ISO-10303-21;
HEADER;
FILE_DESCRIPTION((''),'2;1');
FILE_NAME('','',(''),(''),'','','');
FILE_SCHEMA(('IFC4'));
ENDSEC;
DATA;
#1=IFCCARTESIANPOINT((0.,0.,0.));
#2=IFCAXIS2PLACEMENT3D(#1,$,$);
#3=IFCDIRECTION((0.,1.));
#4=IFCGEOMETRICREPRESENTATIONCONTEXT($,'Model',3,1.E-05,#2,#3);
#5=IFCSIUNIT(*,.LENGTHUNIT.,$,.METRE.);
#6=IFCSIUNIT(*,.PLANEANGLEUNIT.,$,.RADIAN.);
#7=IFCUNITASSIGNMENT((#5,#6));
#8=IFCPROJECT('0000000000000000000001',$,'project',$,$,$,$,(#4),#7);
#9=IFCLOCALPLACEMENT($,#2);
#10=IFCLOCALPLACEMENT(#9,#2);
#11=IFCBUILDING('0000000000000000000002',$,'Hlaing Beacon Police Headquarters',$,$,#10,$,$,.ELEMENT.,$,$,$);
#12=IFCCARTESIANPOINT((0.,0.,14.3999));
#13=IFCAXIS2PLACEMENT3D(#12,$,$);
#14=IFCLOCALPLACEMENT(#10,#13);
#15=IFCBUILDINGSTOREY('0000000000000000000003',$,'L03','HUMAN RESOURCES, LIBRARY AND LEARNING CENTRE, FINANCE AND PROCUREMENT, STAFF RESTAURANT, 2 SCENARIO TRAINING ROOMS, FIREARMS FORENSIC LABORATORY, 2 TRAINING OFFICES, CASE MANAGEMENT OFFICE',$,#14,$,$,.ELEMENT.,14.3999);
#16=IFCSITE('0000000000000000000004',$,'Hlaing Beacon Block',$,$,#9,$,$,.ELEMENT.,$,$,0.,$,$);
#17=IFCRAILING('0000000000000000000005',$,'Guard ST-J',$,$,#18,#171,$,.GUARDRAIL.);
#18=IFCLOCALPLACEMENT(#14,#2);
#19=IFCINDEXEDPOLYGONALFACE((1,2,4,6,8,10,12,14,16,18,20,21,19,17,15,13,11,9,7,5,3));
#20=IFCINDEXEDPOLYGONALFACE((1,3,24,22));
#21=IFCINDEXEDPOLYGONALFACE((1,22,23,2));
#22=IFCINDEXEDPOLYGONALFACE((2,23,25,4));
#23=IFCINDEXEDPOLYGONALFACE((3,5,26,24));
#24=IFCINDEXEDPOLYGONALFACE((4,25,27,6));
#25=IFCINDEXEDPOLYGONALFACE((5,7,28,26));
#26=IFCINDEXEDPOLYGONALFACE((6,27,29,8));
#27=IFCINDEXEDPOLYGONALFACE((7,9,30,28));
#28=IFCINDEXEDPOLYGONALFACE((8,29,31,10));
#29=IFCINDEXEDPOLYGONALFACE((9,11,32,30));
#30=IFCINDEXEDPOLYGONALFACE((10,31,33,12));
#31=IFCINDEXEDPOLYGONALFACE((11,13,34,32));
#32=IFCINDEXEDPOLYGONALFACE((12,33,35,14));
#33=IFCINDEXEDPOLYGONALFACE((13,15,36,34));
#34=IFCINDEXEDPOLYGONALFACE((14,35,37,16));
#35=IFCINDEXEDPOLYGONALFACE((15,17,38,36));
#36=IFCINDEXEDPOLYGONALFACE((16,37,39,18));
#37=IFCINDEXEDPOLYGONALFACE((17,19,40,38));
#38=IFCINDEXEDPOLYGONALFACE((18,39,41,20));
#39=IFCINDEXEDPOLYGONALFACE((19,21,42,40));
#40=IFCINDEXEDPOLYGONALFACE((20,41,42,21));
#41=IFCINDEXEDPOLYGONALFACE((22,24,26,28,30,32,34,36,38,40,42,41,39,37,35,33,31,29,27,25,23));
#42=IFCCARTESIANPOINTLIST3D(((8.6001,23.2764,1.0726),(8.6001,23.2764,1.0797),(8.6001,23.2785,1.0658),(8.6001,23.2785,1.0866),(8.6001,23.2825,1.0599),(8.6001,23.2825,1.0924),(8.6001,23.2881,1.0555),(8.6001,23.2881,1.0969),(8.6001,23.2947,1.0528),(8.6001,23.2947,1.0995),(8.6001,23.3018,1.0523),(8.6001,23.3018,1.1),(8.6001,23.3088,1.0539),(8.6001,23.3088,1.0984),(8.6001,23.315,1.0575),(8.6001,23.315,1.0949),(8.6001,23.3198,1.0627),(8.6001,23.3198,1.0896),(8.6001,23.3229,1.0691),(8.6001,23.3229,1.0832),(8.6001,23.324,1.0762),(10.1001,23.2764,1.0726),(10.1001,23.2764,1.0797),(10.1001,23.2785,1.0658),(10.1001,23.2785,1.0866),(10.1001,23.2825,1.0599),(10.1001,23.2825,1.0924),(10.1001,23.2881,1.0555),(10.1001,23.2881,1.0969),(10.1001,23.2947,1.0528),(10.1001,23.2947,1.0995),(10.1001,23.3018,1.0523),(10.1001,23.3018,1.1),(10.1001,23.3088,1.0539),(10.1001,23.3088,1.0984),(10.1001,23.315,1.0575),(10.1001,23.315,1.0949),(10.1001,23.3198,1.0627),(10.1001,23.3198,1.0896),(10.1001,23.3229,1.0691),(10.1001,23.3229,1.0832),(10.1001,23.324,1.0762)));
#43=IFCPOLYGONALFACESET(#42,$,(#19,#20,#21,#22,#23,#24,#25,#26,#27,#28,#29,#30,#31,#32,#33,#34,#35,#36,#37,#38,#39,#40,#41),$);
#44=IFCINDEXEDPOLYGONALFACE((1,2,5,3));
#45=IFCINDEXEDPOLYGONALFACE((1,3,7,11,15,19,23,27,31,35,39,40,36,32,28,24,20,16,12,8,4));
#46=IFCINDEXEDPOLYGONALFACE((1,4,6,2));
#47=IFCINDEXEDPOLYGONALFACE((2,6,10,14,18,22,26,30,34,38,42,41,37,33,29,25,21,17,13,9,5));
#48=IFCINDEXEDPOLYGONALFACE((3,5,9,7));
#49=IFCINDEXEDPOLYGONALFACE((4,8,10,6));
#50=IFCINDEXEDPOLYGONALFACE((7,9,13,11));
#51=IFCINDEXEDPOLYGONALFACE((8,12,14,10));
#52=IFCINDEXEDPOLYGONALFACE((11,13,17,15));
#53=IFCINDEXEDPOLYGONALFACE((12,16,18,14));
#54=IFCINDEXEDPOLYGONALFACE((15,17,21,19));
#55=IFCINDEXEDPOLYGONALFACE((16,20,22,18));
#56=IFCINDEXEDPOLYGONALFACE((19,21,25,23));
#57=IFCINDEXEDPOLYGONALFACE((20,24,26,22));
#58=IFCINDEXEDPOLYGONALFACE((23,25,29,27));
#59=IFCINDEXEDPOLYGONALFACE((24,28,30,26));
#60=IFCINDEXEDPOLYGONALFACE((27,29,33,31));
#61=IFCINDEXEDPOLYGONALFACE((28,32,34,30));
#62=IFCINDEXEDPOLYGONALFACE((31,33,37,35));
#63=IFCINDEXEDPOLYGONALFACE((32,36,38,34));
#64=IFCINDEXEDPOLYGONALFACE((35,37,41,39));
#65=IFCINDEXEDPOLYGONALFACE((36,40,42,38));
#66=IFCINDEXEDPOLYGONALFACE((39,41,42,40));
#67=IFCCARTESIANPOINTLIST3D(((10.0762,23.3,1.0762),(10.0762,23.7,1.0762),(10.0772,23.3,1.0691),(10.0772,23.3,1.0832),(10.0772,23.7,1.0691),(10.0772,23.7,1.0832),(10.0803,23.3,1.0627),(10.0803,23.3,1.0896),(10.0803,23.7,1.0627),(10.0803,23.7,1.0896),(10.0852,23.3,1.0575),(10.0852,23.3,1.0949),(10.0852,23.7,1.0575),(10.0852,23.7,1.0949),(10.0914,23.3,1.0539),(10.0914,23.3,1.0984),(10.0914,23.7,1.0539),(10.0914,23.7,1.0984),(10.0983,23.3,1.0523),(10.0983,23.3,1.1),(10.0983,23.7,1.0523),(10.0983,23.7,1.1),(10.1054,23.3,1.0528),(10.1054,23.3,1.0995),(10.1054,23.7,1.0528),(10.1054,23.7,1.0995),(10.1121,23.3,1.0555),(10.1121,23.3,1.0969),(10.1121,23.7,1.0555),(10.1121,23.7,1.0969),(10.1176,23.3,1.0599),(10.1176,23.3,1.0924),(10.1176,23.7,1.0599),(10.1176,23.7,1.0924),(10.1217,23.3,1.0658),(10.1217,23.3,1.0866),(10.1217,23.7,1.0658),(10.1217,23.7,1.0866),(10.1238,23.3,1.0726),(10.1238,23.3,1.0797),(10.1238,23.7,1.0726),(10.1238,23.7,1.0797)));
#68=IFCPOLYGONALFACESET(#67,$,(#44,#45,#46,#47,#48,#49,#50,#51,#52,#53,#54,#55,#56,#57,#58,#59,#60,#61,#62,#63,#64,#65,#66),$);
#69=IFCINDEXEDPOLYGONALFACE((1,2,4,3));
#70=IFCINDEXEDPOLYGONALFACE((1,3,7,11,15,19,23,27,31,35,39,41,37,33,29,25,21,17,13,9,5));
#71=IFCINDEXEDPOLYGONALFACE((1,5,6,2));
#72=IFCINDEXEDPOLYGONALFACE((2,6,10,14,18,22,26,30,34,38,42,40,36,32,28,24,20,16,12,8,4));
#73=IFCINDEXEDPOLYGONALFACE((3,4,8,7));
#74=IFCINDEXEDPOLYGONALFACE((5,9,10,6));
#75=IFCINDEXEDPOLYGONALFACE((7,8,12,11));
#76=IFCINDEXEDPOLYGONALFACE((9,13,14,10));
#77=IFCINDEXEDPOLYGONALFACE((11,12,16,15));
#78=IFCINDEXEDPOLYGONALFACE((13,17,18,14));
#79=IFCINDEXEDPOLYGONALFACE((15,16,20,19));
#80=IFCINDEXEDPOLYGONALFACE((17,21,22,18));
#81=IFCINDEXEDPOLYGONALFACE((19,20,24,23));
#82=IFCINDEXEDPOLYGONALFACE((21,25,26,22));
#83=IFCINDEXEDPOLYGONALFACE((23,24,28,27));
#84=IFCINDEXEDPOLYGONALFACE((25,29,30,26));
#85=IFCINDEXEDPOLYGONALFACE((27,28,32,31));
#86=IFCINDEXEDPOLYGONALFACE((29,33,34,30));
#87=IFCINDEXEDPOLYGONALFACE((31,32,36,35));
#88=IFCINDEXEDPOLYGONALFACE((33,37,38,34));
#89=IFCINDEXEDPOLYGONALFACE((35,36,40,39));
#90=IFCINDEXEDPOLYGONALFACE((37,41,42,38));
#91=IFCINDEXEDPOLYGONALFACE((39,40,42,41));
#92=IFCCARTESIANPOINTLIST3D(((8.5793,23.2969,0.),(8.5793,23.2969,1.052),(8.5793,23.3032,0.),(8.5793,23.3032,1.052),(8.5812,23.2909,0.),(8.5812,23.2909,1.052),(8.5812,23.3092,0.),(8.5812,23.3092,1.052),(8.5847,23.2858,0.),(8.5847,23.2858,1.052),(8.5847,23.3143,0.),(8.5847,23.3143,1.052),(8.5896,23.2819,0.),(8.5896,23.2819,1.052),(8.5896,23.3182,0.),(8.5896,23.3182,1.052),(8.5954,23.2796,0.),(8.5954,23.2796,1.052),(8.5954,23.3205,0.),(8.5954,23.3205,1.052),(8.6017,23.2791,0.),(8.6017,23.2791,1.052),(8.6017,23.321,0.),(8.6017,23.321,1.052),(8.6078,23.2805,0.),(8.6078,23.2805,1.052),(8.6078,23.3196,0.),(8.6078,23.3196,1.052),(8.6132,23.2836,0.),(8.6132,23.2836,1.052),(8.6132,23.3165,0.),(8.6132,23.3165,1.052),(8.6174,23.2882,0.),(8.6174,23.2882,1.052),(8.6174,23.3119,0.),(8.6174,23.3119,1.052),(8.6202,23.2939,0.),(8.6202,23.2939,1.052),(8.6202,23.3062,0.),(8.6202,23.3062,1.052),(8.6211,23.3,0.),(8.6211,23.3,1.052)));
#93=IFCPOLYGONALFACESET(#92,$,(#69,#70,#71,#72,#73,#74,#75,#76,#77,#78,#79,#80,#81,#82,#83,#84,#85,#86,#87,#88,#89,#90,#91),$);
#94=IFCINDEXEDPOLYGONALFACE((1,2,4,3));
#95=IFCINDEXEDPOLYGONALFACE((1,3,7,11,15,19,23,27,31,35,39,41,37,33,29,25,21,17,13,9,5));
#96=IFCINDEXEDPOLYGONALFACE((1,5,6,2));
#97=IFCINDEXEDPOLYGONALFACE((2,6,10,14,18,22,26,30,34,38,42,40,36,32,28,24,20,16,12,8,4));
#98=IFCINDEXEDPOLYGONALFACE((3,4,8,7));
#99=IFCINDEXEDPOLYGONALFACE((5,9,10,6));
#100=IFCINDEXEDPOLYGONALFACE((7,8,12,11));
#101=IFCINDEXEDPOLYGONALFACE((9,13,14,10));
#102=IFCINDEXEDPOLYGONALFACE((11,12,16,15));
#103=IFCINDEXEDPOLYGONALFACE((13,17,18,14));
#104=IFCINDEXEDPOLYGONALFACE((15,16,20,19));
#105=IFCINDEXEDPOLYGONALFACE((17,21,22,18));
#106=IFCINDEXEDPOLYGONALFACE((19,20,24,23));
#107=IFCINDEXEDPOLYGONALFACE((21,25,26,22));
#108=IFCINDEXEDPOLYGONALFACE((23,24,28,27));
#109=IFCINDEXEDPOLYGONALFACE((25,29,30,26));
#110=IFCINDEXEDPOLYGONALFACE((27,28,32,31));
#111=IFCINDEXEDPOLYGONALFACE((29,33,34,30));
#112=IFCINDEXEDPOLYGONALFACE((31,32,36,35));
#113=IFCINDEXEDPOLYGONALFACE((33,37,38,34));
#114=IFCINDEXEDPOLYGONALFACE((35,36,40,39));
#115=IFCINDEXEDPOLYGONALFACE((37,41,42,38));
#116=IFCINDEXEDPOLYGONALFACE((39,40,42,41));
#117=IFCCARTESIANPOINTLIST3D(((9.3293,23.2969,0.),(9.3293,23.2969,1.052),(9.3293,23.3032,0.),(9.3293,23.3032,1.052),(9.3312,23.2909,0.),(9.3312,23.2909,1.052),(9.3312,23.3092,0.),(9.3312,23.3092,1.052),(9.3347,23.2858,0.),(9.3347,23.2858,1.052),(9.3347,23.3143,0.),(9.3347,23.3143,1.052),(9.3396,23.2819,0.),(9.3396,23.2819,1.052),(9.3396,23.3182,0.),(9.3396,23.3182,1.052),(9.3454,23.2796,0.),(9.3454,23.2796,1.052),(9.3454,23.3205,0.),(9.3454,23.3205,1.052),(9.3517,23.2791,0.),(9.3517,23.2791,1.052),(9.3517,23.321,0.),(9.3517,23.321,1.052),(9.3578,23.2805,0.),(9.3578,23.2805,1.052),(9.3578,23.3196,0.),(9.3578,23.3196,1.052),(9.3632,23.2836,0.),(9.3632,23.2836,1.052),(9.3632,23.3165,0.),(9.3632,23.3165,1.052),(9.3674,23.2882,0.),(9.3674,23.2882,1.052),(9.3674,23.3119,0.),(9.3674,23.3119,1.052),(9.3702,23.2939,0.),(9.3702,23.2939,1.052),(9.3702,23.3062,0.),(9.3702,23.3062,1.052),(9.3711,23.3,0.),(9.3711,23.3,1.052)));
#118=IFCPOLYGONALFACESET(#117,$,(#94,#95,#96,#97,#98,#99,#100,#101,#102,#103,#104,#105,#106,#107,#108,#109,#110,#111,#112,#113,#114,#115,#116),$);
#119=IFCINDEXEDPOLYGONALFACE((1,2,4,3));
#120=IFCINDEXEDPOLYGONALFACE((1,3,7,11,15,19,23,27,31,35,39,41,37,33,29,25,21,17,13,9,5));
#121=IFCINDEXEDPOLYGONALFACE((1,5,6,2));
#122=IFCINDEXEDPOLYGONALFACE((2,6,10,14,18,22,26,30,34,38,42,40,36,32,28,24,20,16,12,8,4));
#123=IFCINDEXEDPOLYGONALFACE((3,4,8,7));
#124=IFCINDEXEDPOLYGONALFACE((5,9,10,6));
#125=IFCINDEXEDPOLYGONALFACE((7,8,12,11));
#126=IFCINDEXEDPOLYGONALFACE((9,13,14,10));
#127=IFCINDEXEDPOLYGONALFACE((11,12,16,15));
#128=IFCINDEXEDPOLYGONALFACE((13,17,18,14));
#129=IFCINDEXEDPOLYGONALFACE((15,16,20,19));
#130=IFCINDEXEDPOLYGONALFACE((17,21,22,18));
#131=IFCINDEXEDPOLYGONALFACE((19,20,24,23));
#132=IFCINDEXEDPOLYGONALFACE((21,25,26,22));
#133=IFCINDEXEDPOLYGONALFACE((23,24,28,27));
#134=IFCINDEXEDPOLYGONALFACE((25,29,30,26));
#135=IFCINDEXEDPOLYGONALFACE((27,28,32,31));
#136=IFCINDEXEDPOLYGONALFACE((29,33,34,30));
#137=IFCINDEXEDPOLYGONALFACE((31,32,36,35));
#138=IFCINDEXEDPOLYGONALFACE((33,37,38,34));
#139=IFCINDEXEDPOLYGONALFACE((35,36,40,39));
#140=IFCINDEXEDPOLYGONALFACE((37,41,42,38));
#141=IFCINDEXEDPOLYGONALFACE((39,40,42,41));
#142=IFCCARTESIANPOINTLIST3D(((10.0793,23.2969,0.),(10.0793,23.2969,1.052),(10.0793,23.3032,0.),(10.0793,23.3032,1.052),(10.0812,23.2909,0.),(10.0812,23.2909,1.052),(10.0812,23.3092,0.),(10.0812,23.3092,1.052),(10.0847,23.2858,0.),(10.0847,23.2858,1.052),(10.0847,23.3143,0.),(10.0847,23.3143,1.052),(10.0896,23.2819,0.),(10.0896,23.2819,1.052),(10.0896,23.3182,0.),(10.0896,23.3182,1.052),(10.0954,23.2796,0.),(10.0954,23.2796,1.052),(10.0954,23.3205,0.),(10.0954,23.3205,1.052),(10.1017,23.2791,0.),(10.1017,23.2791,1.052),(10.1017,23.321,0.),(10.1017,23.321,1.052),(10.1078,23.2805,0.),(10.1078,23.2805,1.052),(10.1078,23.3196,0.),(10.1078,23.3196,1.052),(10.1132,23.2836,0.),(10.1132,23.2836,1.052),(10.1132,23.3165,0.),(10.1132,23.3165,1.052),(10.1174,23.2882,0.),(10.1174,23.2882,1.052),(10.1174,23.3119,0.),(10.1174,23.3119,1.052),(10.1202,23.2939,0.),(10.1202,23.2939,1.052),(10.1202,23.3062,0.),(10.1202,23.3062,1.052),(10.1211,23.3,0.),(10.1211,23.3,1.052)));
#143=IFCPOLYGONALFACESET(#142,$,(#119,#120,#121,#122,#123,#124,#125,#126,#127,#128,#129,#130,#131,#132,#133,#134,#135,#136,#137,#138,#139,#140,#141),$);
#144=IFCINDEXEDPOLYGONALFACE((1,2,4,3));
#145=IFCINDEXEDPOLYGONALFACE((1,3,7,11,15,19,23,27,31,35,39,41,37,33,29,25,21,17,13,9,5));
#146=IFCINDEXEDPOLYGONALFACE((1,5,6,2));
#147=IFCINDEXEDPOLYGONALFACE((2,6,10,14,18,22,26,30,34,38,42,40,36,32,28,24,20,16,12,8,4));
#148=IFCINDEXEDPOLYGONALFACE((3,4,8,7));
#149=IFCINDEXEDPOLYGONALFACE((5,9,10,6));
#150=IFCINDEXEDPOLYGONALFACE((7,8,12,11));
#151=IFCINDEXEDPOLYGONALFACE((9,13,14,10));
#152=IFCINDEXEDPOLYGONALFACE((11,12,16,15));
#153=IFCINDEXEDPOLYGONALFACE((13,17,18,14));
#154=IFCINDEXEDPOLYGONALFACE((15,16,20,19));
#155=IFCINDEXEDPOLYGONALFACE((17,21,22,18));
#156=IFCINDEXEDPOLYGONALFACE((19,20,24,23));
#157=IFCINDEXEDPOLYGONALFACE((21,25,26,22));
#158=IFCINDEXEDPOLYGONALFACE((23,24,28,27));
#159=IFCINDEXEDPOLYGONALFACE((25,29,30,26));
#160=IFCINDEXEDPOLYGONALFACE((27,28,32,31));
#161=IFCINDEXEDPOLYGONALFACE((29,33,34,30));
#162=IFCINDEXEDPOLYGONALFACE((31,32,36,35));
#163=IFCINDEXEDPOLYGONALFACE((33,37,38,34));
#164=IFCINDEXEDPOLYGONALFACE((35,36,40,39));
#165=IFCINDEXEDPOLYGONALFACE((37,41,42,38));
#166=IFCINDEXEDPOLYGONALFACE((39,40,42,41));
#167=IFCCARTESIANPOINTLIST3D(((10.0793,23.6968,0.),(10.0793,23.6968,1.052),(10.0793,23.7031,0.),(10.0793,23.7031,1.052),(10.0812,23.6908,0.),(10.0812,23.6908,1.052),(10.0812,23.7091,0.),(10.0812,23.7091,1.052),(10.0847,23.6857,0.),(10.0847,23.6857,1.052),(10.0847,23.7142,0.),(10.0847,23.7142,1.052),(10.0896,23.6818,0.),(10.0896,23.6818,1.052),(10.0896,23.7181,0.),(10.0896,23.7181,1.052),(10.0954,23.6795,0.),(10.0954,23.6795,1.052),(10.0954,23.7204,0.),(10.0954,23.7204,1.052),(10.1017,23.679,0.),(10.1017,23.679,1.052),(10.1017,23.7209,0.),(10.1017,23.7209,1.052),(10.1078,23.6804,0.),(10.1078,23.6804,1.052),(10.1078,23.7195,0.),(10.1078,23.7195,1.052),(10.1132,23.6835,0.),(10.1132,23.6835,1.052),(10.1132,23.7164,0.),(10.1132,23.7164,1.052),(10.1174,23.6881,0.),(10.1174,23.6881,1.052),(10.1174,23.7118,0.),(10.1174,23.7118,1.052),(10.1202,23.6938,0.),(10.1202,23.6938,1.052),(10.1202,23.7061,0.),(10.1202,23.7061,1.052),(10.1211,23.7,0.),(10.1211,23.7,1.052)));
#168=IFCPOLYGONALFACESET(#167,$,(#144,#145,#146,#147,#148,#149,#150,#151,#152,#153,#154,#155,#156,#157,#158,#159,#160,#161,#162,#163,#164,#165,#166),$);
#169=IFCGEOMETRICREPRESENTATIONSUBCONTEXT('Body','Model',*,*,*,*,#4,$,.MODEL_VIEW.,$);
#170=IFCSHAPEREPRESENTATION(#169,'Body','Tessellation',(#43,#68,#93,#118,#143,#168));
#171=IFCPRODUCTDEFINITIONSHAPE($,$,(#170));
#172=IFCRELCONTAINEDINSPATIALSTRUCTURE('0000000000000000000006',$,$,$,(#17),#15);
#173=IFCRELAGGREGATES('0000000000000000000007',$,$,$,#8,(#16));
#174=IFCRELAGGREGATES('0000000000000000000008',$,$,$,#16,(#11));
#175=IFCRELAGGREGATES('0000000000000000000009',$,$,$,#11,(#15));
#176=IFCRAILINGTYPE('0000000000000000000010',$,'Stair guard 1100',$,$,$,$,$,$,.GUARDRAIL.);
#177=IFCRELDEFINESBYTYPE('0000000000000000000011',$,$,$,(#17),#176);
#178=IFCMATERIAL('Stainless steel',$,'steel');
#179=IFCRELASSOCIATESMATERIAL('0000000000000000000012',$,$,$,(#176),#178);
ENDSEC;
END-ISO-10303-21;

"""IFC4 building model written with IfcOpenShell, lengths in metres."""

from ifc_helpers import new_model, si_unit, direction, frame, origin, origin_2d, place, context, subcontext, project, spatial, circle, extrude, material, type_object, element, save


model = new_model("IFC4")

# Units and contexts
model_context = context("Model", 3, precision=1e-05, world=origin(), true_north=direction((0.0, 1.0)))
body_context = subcontext(model_context, "Body", "Model", "MODEL_VIEW")
ifc_project = project(units=[si_unit("LENGTHUNIT", "METRE"), si_unit("PLANEANGLEUNIT", "RADIAN")], contexts=[model_context])

# Site, building, storey
site_placement = place(None, origin())
site = spatial("IfcSite", under=ifc_project, at=site_placement, Name="Hlaing Beacon Block", CompositionType="ELEMENT", RefElevation=0.0)
building_placement = place(site_placement, origin())
building = spatial("IfcBuilding", under=site, at=building_placement, Name="Hlaing Beacon Police Headquarters", CompositionType="ELEMENT")
storey_placement = place(building_placement, frame((0.0, 0.0, 14.3999)))
storey = spatial("IfcBuildingStorey", under=building, at=storey_placement, Name="L03", Description="HUMAN RESOURCES, LIBRARY AND LEARNING CENTRE, FINANCE AND PROCUREMENT, STAFF RESTAURANT, 2 SCENARIO TRAINING ROOMS, FIREARMS FORENSIC LABORATORY, 2 TRAINING OFFICES, CASE MANAGEMENT OFFICE", CompositionType="ELEMENT", Elevation=14.3999)

# Railing
ifc_material_1 = material(Name="Stainless steel", Category="steel")
railing_type = type_object("IfcRailingType", Name="Stair guard 1100", PredefinedType="GUARDRAIL", material=ifc_material_1)
railing_placement = place(storey_placement, frame((8.6001, 23.3, 0.0)))
element("IfcRailing", 1, at=railing_placement, inside=storey, type_object=railing_type, Name="Guard ST-J", PredefinedType="GUARDRAIL", context=body_context, shape_type="SweptSolid", body=[
    extrude(circle(Radius=0.0239, at=origin_2d()), frame((0.0, 0.0, 1.0762), z_axis=(1.0, 0.0, 0.0), x_axis=(0.0, 1.0, 0.0)), (0.0, 0.0, 1.0), 1.5),
    extrude(circle(Radius=0.0239, at=origin_2d()), frame((1.5, 0.0, 1.0762), z_axis=(0.0, 1.0, 0.0), x_axis=(-1.0, 0.0, 0.0)), (0.0, 0.0, 1.0), 0.3999),
    extrude(circle(Radius=0.021, at=origin_2d()), origin(), (0.0, 0.0, 1.0), 1.052),
    extrude(circle(Radius=0.021, at=origin_2d()), frame((0.75, 0.0, 0.0)), (0.0, 0.0, 1.0), 1.052),
    extrude(circle(Radius=0.021, at=origin_2d()), frame((1.5, 0.0, 0.0)), (0.0, 0.0, 1.0), 1.052),
    extrude(circle(Radius=0.021, at=origin_2d()), frame((1.5, 0.3999, 0.0)), (0.0, 0.0, 1.0), 1.052),
])

save(model, "model.ifc")
